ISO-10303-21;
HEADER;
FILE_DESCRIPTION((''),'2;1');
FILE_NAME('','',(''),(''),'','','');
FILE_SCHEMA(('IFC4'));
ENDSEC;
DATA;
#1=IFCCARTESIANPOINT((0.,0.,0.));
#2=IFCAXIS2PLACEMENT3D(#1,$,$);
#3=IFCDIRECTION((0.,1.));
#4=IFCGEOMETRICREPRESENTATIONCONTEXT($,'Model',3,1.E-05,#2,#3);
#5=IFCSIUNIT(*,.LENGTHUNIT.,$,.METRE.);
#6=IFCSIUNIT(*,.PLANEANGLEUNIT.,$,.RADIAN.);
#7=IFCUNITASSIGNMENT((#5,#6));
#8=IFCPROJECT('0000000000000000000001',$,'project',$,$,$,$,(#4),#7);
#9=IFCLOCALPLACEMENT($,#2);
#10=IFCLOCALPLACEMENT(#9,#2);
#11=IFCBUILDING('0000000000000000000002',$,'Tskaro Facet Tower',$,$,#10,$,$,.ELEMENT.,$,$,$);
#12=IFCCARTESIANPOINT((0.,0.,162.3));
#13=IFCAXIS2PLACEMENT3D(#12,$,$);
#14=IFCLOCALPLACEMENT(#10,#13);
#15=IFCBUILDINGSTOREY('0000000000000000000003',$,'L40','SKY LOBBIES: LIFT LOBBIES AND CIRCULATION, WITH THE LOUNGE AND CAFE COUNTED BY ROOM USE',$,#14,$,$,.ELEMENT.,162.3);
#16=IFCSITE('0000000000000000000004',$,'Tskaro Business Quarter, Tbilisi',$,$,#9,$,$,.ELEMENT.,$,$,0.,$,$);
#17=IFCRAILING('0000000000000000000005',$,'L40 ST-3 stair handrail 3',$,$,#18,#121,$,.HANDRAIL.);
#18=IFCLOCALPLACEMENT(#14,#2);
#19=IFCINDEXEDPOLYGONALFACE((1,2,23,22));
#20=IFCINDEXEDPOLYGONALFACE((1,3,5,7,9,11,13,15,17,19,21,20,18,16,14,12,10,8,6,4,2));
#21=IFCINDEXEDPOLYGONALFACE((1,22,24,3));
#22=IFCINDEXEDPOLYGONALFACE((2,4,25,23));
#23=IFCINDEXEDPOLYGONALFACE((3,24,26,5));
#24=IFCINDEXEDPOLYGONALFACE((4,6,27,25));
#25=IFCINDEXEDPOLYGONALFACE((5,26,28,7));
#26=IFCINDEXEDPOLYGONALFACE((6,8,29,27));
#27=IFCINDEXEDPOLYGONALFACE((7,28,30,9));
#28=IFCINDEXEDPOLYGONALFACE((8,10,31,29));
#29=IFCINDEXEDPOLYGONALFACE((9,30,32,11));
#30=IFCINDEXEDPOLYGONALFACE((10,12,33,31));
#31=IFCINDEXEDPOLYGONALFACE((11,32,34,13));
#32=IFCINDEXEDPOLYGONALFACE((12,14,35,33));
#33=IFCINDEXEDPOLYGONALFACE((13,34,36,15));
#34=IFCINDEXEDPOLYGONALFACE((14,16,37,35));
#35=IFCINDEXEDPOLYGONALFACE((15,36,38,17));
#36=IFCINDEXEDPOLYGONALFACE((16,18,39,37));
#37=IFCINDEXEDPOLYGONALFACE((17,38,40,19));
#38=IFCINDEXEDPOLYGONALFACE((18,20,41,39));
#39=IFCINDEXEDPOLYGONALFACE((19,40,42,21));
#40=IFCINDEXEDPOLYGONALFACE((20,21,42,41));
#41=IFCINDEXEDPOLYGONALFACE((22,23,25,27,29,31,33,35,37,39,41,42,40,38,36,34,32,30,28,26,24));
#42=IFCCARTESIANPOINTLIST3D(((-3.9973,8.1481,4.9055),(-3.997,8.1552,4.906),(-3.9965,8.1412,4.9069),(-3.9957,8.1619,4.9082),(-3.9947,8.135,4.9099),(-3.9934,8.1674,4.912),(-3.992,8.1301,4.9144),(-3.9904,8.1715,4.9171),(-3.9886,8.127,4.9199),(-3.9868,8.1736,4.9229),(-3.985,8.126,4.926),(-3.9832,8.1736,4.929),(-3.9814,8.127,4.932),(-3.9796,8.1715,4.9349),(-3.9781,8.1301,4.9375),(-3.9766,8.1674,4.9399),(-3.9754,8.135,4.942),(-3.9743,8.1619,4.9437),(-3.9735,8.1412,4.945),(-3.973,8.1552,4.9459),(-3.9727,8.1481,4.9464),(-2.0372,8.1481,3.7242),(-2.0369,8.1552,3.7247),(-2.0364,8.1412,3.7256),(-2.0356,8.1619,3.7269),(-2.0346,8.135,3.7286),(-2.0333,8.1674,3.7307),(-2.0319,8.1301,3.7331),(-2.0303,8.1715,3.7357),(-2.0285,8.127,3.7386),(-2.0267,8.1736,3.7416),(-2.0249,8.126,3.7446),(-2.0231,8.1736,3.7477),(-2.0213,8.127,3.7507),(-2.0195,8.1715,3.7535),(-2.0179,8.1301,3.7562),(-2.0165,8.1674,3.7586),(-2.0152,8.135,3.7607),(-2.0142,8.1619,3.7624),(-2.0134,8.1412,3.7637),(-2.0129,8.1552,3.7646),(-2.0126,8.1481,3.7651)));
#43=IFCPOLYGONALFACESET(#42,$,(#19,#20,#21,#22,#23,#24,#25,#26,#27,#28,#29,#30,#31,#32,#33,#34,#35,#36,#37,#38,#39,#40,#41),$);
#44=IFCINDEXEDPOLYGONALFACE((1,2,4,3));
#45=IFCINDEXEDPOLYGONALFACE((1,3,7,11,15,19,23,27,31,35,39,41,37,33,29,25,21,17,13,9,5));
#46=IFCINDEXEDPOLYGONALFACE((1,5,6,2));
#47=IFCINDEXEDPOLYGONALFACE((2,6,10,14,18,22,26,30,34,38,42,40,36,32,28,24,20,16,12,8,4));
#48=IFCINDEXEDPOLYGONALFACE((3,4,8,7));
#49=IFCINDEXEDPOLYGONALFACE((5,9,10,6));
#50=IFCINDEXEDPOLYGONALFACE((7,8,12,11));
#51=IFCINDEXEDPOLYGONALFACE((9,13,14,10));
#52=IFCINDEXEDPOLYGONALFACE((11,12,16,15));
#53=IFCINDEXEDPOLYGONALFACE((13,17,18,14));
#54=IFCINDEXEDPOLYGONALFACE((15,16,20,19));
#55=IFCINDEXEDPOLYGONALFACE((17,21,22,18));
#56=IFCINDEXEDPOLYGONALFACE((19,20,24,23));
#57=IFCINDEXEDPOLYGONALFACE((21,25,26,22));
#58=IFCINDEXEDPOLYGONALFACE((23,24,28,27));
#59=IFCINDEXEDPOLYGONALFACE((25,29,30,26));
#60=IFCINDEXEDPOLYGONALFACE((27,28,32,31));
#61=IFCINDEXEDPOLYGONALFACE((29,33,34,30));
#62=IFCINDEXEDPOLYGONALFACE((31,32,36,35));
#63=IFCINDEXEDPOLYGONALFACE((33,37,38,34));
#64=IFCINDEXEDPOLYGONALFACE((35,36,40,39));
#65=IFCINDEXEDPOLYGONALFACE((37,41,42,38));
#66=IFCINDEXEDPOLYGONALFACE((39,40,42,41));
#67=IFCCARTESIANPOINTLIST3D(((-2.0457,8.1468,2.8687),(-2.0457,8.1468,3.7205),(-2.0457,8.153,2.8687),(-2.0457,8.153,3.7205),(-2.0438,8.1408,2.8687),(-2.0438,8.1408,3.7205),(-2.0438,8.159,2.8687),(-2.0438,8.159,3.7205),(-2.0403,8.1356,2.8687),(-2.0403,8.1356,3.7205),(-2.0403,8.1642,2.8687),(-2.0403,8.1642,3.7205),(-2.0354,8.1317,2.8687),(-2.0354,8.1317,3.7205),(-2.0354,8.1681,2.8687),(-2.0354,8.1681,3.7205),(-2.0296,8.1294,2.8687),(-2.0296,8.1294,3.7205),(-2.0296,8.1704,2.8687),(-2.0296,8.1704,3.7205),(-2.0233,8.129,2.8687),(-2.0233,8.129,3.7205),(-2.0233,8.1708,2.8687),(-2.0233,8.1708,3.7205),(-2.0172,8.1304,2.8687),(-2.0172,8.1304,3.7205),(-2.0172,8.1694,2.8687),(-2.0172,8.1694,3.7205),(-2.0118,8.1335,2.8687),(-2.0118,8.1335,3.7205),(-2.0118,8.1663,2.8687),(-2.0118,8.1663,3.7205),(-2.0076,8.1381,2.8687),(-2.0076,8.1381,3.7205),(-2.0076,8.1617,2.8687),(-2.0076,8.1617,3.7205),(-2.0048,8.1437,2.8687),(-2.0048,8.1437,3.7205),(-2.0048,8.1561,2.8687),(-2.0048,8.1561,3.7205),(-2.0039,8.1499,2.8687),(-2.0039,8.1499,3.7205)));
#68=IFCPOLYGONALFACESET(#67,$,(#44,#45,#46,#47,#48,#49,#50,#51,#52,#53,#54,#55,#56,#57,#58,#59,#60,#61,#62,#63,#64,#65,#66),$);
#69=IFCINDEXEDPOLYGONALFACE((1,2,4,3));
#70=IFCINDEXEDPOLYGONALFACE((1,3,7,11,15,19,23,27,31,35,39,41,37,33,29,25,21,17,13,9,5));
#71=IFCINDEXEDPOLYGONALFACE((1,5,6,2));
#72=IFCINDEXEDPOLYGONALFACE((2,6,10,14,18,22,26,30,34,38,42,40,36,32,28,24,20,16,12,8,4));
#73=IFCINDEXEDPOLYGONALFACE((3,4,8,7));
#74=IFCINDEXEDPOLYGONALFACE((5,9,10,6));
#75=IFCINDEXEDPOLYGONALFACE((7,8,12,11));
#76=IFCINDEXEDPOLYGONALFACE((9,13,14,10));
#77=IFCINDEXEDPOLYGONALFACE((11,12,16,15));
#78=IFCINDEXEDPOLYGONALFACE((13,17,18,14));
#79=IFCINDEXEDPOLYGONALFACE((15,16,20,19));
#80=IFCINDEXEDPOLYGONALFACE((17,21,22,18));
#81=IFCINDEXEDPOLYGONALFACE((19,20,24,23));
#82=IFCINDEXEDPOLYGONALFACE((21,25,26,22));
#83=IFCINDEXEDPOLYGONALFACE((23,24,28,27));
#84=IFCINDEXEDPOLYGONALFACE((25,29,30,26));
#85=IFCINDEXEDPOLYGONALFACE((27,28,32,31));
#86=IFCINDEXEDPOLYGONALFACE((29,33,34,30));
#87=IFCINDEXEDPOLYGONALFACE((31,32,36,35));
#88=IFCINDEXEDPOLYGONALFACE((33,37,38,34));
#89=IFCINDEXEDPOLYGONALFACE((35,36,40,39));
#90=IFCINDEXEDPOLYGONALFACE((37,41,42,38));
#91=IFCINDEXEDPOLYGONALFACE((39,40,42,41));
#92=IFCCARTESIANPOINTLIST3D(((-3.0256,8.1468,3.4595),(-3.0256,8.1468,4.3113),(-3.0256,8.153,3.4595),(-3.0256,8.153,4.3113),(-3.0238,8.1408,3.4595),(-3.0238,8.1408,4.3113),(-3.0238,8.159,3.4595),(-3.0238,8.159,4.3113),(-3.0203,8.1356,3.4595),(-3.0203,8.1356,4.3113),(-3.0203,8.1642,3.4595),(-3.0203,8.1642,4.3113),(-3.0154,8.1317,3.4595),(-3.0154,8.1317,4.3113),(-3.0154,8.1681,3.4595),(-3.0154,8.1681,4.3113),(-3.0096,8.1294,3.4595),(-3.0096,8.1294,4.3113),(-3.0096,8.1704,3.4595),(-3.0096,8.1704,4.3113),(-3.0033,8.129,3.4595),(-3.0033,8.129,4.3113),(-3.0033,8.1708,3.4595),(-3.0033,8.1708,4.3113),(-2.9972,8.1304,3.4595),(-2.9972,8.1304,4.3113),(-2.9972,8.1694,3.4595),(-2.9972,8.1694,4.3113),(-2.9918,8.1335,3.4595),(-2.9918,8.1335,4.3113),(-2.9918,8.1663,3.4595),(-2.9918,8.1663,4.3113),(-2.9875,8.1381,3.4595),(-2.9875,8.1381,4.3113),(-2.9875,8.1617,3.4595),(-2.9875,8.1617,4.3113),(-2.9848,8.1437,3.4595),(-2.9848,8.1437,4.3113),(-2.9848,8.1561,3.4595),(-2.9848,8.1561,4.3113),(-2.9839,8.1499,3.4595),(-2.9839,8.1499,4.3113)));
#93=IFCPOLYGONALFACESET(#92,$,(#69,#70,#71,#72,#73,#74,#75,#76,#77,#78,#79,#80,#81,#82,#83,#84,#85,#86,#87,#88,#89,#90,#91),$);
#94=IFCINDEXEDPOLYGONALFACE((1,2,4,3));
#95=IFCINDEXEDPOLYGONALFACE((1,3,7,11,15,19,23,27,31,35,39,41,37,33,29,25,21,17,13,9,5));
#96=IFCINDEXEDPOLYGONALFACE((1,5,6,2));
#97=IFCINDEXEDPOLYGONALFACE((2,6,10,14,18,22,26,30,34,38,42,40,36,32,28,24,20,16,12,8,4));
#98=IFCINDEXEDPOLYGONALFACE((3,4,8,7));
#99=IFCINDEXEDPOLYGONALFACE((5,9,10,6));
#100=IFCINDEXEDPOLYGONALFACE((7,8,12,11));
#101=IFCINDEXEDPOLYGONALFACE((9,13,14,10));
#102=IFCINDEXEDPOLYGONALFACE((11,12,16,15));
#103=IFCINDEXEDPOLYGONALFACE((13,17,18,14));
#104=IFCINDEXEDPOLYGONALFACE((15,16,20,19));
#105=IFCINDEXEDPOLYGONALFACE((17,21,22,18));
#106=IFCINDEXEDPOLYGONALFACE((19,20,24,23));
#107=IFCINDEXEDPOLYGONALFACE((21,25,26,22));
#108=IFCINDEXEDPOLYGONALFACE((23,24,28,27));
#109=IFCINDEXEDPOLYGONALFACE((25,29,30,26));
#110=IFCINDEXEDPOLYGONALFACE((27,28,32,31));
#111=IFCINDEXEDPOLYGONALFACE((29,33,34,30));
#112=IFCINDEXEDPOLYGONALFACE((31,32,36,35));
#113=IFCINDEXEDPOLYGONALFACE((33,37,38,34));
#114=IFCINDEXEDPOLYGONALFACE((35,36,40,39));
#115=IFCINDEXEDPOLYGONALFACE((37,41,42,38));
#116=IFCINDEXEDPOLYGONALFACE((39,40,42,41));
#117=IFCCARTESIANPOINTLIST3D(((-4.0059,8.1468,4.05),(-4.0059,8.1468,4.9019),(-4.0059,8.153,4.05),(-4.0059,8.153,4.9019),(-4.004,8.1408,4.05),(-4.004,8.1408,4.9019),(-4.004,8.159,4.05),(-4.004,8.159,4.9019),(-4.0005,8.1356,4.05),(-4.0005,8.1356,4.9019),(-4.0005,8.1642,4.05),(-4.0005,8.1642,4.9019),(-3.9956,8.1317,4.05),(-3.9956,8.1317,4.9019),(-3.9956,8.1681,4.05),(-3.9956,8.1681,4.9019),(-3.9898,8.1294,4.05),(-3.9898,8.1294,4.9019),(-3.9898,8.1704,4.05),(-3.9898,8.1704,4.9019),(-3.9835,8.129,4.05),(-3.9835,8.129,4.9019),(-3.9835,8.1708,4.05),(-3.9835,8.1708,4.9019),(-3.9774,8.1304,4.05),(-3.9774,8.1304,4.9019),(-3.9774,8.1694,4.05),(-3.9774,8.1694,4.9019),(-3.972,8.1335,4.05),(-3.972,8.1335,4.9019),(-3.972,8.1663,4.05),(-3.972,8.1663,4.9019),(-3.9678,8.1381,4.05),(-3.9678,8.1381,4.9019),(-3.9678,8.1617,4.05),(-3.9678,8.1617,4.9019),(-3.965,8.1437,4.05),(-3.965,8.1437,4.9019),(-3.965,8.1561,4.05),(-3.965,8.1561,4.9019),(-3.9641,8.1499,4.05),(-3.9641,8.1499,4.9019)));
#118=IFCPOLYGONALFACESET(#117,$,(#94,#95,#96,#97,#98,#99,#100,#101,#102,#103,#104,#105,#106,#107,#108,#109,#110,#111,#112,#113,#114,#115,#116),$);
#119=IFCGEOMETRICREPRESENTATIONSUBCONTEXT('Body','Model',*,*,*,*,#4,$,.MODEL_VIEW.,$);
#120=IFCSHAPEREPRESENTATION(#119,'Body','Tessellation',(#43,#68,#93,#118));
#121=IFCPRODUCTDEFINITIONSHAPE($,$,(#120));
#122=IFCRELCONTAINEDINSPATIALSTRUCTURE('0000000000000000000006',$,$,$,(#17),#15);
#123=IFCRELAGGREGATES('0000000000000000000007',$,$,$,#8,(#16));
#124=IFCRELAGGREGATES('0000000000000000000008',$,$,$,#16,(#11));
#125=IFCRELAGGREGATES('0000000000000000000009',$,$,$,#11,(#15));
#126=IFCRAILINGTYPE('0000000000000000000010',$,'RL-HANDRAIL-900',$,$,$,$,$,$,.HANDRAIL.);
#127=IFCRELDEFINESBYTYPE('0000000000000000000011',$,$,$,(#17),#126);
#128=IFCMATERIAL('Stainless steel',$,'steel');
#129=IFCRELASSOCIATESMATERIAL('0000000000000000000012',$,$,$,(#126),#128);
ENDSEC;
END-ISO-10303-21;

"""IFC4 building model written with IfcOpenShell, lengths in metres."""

from ifc_helpers import new_model, si_unit, direction, frame, origin, origin_2d, place, context, subcontext, project, spatial, circle, extrude, material, type_object, element, save


model = new_model("IFC4")

# Units and contexts
model_context = context("Model", 3, precision=1e-05, world=origin(), true_north=direction((0.0, 1.0)))
body_context = subcontext(model_context, "Body", "Model", "MODEL_VIEW")
ifc_project = project(units=[si_unit("LENGTHUNIT", "METRE"), si_unit("PLANEANGLEUNIT", "RADIAN")], contexts=[model_context])

# Site, building, storey
site_placement = place(None, origin())
site = spatial("IfcSite", under=ifc_project, at=site_placement, Name="Tskaro Business Quarter, Tbilisi", CompositionType="ELEMENT", RefElevation=0.0)
building_placement = place(site_placement, origin())
building = spatial("IfcBuilding", under=site, at=building_placement, Name="Tskaro Facet Tower", CompositionType="ELEMENT")
storey_placement = place(building_placement, frame((0.0, 0.0, 162.3)))
storey = spatial("IfcBuildingStorey", under=building, at=storey_placement, Name="L40", Description="SKY LOBBIES: LIFT LOBBIES AND CIRCULATION, WITH THE LOUNGE AND CAFE COUNTED BY ROOM USE", CompositionType="ELEMENT", Elevation=162.3)

# Railing
ifc_material_1 = material(Name="Stainless steel", Category="steel")
railing_type = type_object("IfcRailingType", Name="RL-HANDRAIL-900", PredefinedType="HANDRAIL", material=ifc_material_1)
railing_1_placement = place(storey_placement, frame((-2.0249, 8.1499, 2.8687)))
element("IfcRailing", 1, at=railing_1_placement, inside=storey, type_object=railing_type, Name="L40 ST-3 stair handrail 3", PredefinedType="HANDRAIL", context=body_context, shape_type="SweptSolid", body=[
    extrude(circle(Radius=0.0239, at=origin_2d()), frame((0.0, 0.0, 0.876), z_axis=(-0.856475, 0.0, 0.516189), x_axis=(0.0, -1.0, 0.0)), (0.0, 0.0, 1.0), 2.2886),
    extrude(circle(Radius=0.021, at=origin_2d()), origin(), (0.0, 0.0, 1.0), 0.8518),
    extrude(circle(Radius=0.021, at=origin_2d()), frame((-0.98, 0.0, 0.5908)), (0.0, 0.0, 1.0), 0.8518),
    extrude(circle(Radius=0.021, at=origin_2d()), frame((-1.9602, 0.0, 1.1814)), (0.0, 0.0, 1.0), 0.8518),
])

save(model, "model.ifc")
